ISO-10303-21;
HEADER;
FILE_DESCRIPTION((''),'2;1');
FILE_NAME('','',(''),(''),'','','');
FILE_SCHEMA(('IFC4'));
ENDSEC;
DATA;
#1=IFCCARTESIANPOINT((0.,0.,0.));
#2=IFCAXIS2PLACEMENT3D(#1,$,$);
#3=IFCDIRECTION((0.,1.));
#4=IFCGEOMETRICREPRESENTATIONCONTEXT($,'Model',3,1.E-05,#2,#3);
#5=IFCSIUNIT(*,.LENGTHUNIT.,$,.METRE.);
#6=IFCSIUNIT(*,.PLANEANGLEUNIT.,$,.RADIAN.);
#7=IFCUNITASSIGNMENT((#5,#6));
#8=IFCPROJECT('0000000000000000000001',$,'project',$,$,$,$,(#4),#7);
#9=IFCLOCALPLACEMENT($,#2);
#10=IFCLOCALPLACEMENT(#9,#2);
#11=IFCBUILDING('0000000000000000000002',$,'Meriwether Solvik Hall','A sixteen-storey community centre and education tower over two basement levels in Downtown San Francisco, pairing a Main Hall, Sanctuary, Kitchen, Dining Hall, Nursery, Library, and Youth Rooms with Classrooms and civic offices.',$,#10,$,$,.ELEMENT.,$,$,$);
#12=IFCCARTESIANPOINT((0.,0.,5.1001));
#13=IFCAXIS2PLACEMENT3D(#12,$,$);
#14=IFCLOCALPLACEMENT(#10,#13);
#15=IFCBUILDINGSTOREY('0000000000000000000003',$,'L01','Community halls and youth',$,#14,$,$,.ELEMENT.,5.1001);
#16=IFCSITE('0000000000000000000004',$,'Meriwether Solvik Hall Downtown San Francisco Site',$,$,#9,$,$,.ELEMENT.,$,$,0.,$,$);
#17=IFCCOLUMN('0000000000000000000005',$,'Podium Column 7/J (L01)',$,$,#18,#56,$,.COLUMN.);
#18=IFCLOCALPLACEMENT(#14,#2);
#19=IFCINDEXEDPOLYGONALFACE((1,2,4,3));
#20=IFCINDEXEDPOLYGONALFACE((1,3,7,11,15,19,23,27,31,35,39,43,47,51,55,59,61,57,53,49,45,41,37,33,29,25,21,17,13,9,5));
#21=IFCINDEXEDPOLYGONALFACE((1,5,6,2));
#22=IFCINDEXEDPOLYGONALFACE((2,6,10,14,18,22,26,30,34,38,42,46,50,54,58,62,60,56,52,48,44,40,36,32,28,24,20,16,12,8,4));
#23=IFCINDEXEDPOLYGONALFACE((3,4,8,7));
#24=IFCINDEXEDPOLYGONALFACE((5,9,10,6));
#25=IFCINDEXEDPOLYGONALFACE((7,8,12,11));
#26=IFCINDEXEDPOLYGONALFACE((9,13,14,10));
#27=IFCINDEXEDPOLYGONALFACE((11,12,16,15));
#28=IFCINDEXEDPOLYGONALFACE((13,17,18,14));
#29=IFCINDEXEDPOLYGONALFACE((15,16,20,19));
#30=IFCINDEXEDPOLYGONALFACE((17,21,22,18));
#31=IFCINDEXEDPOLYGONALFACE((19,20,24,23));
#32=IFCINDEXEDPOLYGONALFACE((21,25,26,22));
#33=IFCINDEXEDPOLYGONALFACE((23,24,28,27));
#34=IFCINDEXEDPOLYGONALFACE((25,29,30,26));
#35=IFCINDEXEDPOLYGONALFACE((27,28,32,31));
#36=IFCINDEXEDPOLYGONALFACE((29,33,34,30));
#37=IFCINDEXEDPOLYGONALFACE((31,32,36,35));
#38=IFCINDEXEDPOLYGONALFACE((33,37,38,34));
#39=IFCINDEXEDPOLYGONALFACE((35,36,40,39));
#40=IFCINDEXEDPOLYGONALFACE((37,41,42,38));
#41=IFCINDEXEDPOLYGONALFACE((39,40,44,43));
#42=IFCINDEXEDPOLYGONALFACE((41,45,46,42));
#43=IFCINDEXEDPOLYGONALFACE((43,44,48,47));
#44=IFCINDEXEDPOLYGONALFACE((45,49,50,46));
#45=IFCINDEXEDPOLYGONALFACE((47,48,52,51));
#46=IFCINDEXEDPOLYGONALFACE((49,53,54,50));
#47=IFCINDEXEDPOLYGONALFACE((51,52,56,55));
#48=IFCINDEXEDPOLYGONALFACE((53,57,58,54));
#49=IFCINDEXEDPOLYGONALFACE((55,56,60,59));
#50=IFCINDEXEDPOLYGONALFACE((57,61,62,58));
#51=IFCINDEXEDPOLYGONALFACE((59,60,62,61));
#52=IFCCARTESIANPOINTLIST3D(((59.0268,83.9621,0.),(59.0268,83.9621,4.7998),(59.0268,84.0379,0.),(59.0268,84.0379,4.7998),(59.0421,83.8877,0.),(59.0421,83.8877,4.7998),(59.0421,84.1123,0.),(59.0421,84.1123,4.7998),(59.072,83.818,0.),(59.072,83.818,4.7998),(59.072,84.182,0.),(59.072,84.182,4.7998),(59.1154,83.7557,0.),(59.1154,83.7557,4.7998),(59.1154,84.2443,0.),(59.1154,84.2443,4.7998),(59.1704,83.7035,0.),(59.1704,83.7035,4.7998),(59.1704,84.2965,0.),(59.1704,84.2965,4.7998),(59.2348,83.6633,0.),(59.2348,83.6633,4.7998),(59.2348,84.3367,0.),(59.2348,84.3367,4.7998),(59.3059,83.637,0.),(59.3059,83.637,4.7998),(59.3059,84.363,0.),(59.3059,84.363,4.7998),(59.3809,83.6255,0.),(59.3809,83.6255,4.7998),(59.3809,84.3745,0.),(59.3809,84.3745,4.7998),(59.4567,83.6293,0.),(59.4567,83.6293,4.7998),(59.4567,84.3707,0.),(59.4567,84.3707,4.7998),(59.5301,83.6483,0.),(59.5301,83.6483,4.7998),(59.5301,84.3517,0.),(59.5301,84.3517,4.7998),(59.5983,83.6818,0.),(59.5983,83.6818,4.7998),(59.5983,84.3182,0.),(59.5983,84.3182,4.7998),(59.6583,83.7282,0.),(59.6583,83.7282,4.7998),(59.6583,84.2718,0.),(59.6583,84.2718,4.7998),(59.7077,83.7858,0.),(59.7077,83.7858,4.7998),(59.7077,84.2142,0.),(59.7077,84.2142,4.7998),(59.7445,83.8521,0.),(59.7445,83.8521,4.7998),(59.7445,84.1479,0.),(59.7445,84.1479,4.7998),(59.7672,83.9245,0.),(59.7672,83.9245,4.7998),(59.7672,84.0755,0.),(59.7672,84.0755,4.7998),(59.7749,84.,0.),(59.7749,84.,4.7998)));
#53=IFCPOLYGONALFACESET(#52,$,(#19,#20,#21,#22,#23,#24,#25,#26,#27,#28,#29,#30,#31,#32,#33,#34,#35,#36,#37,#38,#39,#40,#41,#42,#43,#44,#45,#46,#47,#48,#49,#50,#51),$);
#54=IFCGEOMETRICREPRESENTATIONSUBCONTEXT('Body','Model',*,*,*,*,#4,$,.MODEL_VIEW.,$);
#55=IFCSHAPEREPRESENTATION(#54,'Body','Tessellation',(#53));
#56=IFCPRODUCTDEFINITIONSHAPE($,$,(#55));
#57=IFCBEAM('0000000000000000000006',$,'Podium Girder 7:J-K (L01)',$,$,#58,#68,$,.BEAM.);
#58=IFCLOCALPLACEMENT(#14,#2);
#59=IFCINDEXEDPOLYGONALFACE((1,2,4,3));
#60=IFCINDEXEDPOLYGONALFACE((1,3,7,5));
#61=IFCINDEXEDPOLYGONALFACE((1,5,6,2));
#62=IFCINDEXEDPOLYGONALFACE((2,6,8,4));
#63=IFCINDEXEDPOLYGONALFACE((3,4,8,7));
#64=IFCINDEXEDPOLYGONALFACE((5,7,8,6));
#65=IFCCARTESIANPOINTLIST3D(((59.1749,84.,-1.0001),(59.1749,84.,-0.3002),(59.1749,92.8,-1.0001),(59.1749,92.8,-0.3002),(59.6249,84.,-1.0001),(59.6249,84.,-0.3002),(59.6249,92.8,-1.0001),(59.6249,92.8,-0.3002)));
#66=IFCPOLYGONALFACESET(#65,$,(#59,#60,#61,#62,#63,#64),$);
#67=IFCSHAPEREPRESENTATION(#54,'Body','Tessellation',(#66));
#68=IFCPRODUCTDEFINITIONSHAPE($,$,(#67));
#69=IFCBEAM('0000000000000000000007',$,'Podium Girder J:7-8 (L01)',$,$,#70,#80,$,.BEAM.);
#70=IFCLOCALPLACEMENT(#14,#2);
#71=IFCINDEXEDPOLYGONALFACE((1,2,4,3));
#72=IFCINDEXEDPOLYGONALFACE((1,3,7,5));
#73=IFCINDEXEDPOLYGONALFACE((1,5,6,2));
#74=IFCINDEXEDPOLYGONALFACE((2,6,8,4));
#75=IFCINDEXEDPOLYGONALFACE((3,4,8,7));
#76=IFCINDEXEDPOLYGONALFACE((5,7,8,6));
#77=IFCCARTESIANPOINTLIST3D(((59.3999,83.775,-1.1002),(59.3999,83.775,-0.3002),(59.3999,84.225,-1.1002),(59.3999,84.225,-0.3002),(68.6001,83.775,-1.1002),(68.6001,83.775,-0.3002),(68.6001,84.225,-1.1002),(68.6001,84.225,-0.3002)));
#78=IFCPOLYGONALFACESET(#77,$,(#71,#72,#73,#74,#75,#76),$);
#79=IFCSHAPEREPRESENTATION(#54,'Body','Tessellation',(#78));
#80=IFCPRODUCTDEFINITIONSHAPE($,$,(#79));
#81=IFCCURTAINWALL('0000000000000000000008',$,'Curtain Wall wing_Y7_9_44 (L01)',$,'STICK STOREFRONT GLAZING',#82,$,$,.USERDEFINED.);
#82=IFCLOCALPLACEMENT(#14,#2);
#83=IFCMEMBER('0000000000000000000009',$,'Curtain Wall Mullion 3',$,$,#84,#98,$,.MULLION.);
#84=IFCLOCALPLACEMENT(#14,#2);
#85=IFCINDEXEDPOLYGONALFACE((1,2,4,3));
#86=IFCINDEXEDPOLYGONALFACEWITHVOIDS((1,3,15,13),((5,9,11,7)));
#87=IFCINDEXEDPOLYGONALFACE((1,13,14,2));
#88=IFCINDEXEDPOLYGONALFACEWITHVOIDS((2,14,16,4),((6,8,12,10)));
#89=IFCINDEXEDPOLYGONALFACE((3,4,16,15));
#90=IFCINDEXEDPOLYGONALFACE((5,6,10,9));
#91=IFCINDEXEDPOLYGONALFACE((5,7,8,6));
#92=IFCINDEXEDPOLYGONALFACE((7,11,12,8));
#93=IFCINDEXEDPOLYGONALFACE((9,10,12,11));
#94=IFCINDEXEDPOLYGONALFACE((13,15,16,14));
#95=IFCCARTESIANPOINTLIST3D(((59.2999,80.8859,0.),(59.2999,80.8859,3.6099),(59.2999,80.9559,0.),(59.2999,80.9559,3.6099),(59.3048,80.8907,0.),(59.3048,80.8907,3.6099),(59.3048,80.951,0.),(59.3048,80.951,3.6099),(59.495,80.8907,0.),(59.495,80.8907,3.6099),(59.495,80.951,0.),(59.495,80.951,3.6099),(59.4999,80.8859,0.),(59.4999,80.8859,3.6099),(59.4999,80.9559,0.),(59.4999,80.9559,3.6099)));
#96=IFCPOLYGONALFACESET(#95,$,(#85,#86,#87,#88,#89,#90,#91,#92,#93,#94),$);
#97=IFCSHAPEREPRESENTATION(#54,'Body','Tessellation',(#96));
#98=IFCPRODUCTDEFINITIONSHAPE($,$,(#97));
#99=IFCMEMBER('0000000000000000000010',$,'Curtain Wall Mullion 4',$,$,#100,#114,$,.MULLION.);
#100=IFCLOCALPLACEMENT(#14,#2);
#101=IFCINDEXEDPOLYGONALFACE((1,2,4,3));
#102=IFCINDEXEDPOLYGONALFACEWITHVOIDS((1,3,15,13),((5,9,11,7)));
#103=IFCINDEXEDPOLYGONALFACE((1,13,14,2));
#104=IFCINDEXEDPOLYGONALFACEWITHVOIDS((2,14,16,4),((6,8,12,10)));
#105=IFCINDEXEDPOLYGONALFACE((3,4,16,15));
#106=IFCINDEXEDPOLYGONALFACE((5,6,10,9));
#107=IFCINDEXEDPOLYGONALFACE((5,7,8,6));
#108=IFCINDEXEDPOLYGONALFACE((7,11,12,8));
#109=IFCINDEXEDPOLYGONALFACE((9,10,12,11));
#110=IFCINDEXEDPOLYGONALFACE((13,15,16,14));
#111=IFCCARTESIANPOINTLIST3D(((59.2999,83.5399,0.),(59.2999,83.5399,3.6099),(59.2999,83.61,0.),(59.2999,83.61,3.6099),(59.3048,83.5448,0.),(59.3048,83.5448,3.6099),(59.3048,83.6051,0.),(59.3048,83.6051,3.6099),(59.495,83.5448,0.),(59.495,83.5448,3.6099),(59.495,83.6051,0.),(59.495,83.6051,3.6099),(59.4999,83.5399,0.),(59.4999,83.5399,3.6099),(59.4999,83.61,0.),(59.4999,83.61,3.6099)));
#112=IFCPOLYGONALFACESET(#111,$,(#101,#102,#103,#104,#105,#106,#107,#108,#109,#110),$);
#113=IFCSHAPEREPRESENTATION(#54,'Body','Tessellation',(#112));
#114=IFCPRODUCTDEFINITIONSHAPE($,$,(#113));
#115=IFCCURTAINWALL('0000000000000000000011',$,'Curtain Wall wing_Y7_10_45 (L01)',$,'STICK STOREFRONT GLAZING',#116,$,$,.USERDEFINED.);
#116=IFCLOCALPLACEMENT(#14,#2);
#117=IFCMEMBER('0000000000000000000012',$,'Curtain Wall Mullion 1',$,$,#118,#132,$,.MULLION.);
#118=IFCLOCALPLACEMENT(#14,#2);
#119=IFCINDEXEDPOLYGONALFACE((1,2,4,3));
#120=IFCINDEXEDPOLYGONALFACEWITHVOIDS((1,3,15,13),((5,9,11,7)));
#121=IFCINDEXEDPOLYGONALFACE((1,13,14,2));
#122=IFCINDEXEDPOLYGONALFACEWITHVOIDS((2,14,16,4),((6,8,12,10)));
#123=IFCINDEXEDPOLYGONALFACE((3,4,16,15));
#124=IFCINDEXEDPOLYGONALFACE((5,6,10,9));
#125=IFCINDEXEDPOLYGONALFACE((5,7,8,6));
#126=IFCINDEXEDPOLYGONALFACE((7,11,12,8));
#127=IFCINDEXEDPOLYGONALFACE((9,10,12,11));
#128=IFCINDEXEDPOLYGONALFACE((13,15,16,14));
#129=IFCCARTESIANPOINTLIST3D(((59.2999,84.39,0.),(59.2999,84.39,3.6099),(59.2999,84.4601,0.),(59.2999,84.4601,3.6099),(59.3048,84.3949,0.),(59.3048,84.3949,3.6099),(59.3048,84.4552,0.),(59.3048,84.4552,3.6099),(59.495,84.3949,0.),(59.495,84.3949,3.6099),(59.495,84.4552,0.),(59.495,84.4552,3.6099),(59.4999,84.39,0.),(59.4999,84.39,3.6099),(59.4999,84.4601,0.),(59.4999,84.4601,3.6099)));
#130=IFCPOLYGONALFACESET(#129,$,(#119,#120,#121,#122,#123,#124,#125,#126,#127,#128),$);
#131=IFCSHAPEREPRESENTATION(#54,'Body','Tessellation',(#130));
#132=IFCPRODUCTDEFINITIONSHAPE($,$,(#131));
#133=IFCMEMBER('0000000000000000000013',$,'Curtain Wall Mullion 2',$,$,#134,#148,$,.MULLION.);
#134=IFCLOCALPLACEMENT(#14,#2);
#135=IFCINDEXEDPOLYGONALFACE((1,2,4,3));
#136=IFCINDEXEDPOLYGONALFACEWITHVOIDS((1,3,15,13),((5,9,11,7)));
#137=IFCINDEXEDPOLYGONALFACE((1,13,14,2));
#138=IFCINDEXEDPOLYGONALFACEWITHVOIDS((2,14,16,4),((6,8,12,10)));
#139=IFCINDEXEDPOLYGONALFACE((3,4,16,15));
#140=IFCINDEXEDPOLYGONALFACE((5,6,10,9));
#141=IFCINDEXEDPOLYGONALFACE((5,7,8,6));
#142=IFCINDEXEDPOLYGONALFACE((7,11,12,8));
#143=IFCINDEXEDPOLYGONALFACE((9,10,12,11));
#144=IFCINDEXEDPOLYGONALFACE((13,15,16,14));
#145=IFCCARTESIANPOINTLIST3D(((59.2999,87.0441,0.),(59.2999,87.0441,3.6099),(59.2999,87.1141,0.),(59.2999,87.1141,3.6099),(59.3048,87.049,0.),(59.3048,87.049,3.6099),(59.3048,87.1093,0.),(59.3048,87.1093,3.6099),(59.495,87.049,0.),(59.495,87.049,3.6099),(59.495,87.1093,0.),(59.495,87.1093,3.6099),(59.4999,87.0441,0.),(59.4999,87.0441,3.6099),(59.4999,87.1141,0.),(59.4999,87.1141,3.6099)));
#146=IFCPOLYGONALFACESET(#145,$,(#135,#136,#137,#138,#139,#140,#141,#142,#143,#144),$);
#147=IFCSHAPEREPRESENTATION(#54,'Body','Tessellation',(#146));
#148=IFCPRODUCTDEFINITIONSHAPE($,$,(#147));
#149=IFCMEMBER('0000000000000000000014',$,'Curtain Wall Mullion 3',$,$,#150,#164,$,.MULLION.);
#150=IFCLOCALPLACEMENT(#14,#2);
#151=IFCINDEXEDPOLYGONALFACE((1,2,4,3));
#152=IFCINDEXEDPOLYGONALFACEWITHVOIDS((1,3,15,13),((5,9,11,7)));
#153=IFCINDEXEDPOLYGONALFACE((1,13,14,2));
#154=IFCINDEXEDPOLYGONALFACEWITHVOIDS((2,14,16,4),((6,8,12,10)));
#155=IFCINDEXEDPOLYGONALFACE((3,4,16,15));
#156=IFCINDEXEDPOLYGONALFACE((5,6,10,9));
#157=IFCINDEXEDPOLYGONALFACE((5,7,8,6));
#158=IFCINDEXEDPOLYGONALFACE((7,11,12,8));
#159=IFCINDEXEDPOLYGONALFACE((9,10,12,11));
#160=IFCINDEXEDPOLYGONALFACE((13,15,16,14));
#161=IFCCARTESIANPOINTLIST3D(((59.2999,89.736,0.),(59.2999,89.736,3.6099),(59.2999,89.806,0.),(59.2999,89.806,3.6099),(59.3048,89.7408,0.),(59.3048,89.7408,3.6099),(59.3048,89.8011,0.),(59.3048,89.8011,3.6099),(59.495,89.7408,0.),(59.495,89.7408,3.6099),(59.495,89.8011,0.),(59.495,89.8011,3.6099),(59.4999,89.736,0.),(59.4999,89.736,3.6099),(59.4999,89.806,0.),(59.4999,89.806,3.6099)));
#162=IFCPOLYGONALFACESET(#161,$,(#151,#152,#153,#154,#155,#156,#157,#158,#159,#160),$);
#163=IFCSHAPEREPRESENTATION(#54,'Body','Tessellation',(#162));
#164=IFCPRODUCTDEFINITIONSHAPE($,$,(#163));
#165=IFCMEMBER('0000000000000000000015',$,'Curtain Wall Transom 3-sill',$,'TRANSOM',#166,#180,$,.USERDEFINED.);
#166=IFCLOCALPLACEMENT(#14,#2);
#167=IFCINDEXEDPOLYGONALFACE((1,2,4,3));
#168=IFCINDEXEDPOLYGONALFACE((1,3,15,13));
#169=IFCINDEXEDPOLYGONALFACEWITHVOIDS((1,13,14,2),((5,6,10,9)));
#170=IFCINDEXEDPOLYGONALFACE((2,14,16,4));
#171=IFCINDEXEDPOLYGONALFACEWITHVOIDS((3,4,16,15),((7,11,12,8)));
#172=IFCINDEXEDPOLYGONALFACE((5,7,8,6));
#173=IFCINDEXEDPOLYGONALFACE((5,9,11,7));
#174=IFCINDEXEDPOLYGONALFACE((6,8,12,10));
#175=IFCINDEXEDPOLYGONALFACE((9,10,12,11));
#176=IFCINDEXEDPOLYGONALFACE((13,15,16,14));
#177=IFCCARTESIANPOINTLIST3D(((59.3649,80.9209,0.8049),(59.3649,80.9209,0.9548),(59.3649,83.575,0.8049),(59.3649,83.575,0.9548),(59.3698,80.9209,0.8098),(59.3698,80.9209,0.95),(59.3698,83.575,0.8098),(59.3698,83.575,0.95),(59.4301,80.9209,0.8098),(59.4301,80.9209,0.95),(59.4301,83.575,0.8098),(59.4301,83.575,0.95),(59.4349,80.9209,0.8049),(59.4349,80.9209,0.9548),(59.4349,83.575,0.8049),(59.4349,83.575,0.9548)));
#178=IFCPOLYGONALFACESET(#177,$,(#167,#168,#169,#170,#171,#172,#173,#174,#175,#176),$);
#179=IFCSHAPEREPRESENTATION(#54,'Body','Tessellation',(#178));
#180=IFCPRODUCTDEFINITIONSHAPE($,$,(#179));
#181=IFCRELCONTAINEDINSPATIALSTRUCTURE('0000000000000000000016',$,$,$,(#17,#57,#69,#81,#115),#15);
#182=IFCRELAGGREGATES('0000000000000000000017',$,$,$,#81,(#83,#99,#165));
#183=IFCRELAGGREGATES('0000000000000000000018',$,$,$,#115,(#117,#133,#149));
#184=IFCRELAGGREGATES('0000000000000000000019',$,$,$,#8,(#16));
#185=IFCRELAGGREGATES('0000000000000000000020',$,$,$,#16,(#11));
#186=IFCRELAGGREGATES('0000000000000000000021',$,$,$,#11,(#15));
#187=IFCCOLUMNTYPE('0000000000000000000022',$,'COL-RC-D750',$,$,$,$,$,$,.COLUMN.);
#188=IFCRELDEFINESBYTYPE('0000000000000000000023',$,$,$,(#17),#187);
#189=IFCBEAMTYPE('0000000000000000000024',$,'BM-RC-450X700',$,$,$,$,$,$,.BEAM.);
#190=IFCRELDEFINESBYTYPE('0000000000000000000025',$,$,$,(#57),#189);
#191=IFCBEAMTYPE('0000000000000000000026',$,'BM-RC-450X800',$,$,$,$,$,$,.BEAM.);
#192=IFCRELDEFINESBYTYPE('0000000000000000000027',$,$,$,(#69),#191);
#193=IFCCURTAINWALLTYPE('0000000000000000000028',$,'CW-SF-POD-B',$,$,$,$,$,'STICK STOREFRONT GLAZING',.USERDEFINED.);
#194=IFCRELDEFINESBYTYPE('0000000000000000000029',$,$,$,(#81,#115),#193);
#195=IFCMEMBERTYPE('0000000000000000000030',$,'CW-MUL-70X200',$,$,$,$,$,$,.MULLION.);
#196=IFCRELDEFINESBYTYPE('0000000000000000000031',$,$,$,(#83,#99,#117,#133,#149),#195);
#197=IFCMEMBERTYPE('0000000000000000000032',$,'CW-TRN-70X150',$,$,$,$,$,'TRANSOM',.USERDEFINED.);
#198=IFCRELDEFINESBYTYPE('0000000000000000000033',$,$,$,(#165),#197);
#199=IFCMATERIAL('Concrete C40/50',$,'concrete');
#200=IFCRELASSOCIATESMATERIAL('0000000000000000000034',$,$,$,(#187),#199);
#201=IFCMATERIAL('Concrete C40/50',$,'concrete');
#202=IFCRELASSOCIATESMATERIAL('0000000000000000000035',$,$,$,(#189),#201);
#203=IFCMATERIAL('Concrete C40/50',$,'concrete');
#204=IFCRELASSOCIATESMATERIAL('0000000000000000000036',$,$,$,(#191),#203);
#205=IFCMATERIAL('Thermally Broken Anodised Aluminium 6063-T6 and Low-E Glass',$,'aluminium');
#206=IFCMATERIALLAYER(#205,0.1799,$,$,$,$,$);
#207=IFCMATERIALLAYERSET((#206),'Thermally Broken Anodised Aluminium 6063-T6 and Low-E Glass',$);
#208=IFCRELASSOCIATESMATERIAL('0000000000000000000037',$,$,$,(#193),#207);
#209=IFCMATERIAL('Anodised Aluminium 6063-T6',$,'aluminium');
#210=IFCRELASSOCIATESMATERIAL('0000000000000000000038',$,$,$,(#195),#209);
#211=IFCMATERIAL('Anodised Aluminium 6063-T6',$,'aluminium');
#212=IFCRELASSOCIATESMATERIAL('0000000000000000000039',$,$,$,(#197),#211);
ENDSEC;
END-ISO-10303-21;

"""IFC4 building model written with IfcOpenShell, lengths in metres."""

from ifc_helpers import new_model, si_unit, direction, frame, origin, origin_2d, place, context, subcontext, project, spatial, rectangle, hollow_rectangle, circle, extrude, material, layer, layer_set, material_profile, profile_set, type_object, element, aggregate, save


model = new_model("IFC4")

# Units and contexts
model_context = context("Model", 3, precision=1e-05, world=origin(), true_north=direction((0.0, 1.0)))
body_context = subcontext(model_context, "Body", "Model", "MODEL_VIEW")
ifc_project = project(units=[si_unit("LENGTHUNIT", "METRE"), si_unit("PLANEANGLEUNIT", "RADIAN")], contexts=[model_context])

# Site, building, storey
site_placement = place(None, origin())
site = spatial("IfcSite", under=ifc_project, at=site_placement, Name="Meriwether Solvik Hall Downtown San Francisco Site", CompositionType="ELEMENT", RefElevation=0.0)
building_placement = place(site_placement, origin())
building = spatial("IfcBuilding", under=site, at=building_placement, Name="Meriwether Solvik Hall", Description="A sixteen-storey community centre and education tower over two basement levels in Downtown San Francisco, pairing a Main Hall, Sanctuary, Kitchen, Dining Hall, Nursery, Library, and Youth Rooms with Classrooms and civic offices.", CompositionType="ELEMENT")
storey_placement = place(building_placement, frame((0.0, 0.0, 5.1001)))
storey = spatial("IfcBuildingStorey", under=building, at=storey_placement, Name="L01", Description="Community halls and youth", CompositionType="ELEMENT", Elevation=5.1001)

# Column
ifc_material_1 = material(Name="Concrete C40/50", Category="concrete")
ifc_material_profile_1 = material_profile(ifc_material_1, circle(Radius=0.375, at=origin_2d()), Name="RCC-D750")
ifc_profile_set_1 = profile_set([ifc_material_profile_1], Name="Concrete C40/50")
column_type = type_object("IfcColumnType", Name="COL-RC-D750", PredefinedType="COLUMN", material=ifc_profile_set_1)
column_placement = place(storey_placement, frame((59.3999, 84.0, 0.0), z_axis=(0.0, 0.0, 1.0), x_axis=(1.0, 0.0, 0.0)))
element("IfcColumn", 1, at=column_placement, inside=storey, type_object=column_type, Name="Podium Column 7/J (L01)", PredefinedType="COLUMN", context=body_context, shape_type="SweptSolid", body=[
    extrude(circle(Radius=0.375, at=origin_2d()), origin(), (0.0, 0.0, 1.0), 4.7998),
])

# Beams
ifc_material_2 = material(Name="Concrete C40/50", Category="concrete")
ifc_material_profile_2 = material_profile(ifc_material_2, rectangle(XDim=0.45, YDim=0.7, at=origin_2d()), Name="RCB-450X700")
ifc_profile_set_2 = profile_set([ifc_material_profile_2], Name="Concrete C40/50")
beam_type_1 = type_object("IfcBeamType", Name="BM-RC-450X700", PredefinedType="BEAM", material=ifc_profile_set_2)
beam_1_placement = place(storey_placement, frame((59.3999, 84.0, -0.6501), z_axis=(0.0, 1.0, 0.0), x_axis=(-1.0, 0.0, 0.0)))
element("IfcBeam", 2, at=beam_1_placement, inside=storey, type_object=beam_type_1, Name="Podium Girder 7:J-K (L01)", PredefinedType="BEAM", context=body_context, shape_type="SweptSolid", body=[
    extrude(rectangle(XDim=0.45, YDim=0.7, at=origin_2d()), origin(), (0.0, 0.0, 1.0), 8.8),
])
ifc_material_3 = material(Name="Concrete C40/50", Category="concrete")
ifc_material_profile_3 = material_profile(ifc_material_3, rectangle(XDim=0.45, YDim=0.8, at=origin_2d()), Name="RCB-450X800")
ifc_profile_set_3 = profile_set([ifc_material_profile_3], Name="Concrete C40/50")
beam_type_2 = type_object("IfcBeamType", Name="BM-RC-450X800", PredefinedType="BEAM", material=ifc_profile_set_3)
beam_2_placement = place(storey_placement, frame((59.3999, 84.0, -0.7002), z_axis=(1.0, 0.0, 0.0), x_axis=(0.0, 1.0, 0.0)))
element("IfcBeam", 3, at=beam_2_placement, inside=storey, type_object=beam_type_2, Name="Podium Girder J:7-8 (L01)", PredefinedType="BEAM", context=body_context, shape_type="SweptSolid", body=[
    extrude(rectangle(XDim=0.45, YDim=0.8, at=origin_2d()), origin(), (0.0, 0.0, 1.0), 9.2002),
])

# Curtain walls, members
ifc_material_4 = material(Name="Thermally Broken Anodised Aluminium 6063-T6 and Low-E Glass", Category="aluminium")
ifc_layer_1 = layer(ifc_material_4, 0.1799)
ifc_layer_set_1 = layer_set([ifc_layer_1], Name="Thermally Broken Anodised Aluminium 6063-T6 and Low-E Glass")
curtain_wall_type = type_object("IfcCurtainWallType", Name="CW-SF-POD-B", ElementType="STICK STOREFRONT GLAZING", PredefinedType="USERDEFINED", material=ifc_layer_set_1)
curtain_wall_1_placement = place(storey_placement, origin())
curtain_wall_1 = element("IfcCurtainWall", 4, at=curtain_wall_1_placement, inside=storey, type_object=curtain_wall_type, Name="Curtain Wall wing_Y7_9_44 (L01)", ObjectType="STICK STOREFRONT GLAZING", PredefinedType="USERDEFINED")
ifc_material_5 = material(Name="Anodised Aluminium 6063-T6", Category="aluminium")
ifc_material_profile_4 = material_profile(ifc_material_5, hollow_rectangle(XDim=0.0701, YDim=0.2, WallThickness=0.0049, at=origin_2d()), Name="CWM-70X200")
ifc_profile_set_4 = profile_set([ifc_material_profile_4], Name="Anodised Aluminium 6063-T6")
member_type_1 = type_object("IfcMemberType", Name="CW-MUL-70X200", PredefinedType="MULLION", material=ifc_profile_set_4)
member_1_placement = place(storey_placement, frame((59.3999, 80.9209, 0.0), z_axis=(0.0, 0.0, 1.0), x_axis=(0.0, 1.0, 0.0)))
member_1 = element("IfcMember", 5, at=member_1_placement, type_object=member_type_1, Name="Curtain Wall Mullion 3", PredefinedType="MULLION", context=body_context, shape_type="SweptSolid", body=[
    extrude(hollow_rectangle(XDim=0.0701, YDim=0.2, WallThickness=0.0049, at=origin_2d()), origin(), (0.0, 0.0, 1.0), 3.6099),
])
member_2_placement = place(storey_placement, frame((59.3999, 83.575, 0.0), z_axis=(0.0, 0.0, 1.0), x_axis=(0.0, 1.0, 0.0)))
member_2 = element("IfcMember", 6, at=member_2_placement, type_object=member_type_1, Name="Curtain Wall Mullion 4", PredefinedType="MULLION", context=body_context, shape_type="SweptSolid", body=[
    extrude(hollow_rectangle(XDim=0.0701, YDim=0.2, WallThickness=0.0049, at=origin_2d()), origin(), (0.0, 0.0, 1.0), 3.6099),
])
curtain_wall_2_placement = place(storey_placement, origin())
curtain_wall_2 = element("IfcCurtainWall", 7, at=curtain_wall_2_placement, inside=storey, type_object=curtain_wall_type, Name="Curtain Wall wing_Y7_10_45 (L01)", ObjectType="STICK STOREFRONT GLAZING", PredefinedType="USERDEFINED")
member_3_placement = place(storey_placement, frame((59.3999, 84.425, 0.0), z_axis=(0.0, 0.0, 1.0), x_axis=(0.0, 1.0, 0.0)))
member_3 = element("IfcMember", 8, at=member_3_placement, type_object=member_type_1, Name="Curtain Wall Mullion 1", PredefinedType="MULLION", context=body_context, shape_type="SweptSolid", body=[
    extrude(hollow_rectangle(XDim=0.0701, YDim=0.2, WallThickness=0.0049, at=origin_2d()), origin(), (0.0, 0.0, 1.0), 3.6099),
])
member_4_placement = place(storey_placement, frame((59.3999, 87.0791, 0.0), z_axis=(0.0, 0.0, 1.0), x_axis=(0.0, 1.0, 0.0)))
member_4 = element("IfcMember", 9, at=member_4_placement, type_object=member_type_1, Name="Curtain Wall Mullion 2", PredefinedType="MULLION", context=body_context, shape_type="SweptSolid", body=[
    extrude(hollow_rectangle(XDim=0.0701, YDim=0.2, WallThickness=0.0049, at=origin_2d()), origin(), (0.0, 0.0, 1.0), 3.6099),
])
member_5_placement = place(storey_placement, frame((59.3999, 89.771, 0.0), z_axis=(0.0, 0.0, 1.0), x_axis=(0.0, 1.0, 0.0)))
member_5 = element("IfcMember", 10, at=member_5_placement, type_object=member_type_1, Name="Curtain Wall Mullion 3", PredefinedType="MULLION", context=body_context, shape_type="SweptSolid", body=[
    extrude(hollow_rectangle(XDim=0.0701, YDim=0.2, WallThickness=0.0049, at=origin_2d()), origin(), (0.0, 0.0, 1.0), 3.6099),
])

# Member
ifc_material_6 = material(Name="Anodised Aluminium 6063-T6", Category="aluminium")
ifc_material_profile_5 = material_profile(ifc_material_6, hollow_rectangle(XDim=0.0701, YDim=0.1499, WallThickness=0.0049, at=origin_2d()), Name="CWT-70X150")
ifc_profile_set_5 = profile_set([ifc_material_profile_5], Name="Anodised Aluminium 6063-T6")
member_type_2 = type_object("IfcMemberType", Name="CW-TRN-70X150", ElementType="TRANSOM", PredefinedType="USERDEFINED", material=ifc_profile_set_5)
member_6_placement = place(storey_placement, frame((59.3999, 80.9209, 0.8799), z_axis=(0.0, 1.0, 0.0), x_axis=(-1.0, 0.0, 0.0)))
member_6 = element("IfcMember", 11, at=member_6_placement, type_object=member_type_2, Name="Curtain Wall Transom 3-sill", ObjectType="TRANSOM", PredefinedType="USERDEFINED", context=body_context, shape_type="SweptSolid", body=[
    extrude(hollow_rectangle(XDim=0.0701, YDim=0.1499, WallThickness=0.0049, at=origin_2d()), origin(), (0.0, 0.0, 1.0), 2.6541),
])

aggregate(curtain_wall_1, [member_1, member_2, member_6])
aggregate(curtain_wall_2, [member_3, member_4, member_5])

save(model, "model.ifc")
